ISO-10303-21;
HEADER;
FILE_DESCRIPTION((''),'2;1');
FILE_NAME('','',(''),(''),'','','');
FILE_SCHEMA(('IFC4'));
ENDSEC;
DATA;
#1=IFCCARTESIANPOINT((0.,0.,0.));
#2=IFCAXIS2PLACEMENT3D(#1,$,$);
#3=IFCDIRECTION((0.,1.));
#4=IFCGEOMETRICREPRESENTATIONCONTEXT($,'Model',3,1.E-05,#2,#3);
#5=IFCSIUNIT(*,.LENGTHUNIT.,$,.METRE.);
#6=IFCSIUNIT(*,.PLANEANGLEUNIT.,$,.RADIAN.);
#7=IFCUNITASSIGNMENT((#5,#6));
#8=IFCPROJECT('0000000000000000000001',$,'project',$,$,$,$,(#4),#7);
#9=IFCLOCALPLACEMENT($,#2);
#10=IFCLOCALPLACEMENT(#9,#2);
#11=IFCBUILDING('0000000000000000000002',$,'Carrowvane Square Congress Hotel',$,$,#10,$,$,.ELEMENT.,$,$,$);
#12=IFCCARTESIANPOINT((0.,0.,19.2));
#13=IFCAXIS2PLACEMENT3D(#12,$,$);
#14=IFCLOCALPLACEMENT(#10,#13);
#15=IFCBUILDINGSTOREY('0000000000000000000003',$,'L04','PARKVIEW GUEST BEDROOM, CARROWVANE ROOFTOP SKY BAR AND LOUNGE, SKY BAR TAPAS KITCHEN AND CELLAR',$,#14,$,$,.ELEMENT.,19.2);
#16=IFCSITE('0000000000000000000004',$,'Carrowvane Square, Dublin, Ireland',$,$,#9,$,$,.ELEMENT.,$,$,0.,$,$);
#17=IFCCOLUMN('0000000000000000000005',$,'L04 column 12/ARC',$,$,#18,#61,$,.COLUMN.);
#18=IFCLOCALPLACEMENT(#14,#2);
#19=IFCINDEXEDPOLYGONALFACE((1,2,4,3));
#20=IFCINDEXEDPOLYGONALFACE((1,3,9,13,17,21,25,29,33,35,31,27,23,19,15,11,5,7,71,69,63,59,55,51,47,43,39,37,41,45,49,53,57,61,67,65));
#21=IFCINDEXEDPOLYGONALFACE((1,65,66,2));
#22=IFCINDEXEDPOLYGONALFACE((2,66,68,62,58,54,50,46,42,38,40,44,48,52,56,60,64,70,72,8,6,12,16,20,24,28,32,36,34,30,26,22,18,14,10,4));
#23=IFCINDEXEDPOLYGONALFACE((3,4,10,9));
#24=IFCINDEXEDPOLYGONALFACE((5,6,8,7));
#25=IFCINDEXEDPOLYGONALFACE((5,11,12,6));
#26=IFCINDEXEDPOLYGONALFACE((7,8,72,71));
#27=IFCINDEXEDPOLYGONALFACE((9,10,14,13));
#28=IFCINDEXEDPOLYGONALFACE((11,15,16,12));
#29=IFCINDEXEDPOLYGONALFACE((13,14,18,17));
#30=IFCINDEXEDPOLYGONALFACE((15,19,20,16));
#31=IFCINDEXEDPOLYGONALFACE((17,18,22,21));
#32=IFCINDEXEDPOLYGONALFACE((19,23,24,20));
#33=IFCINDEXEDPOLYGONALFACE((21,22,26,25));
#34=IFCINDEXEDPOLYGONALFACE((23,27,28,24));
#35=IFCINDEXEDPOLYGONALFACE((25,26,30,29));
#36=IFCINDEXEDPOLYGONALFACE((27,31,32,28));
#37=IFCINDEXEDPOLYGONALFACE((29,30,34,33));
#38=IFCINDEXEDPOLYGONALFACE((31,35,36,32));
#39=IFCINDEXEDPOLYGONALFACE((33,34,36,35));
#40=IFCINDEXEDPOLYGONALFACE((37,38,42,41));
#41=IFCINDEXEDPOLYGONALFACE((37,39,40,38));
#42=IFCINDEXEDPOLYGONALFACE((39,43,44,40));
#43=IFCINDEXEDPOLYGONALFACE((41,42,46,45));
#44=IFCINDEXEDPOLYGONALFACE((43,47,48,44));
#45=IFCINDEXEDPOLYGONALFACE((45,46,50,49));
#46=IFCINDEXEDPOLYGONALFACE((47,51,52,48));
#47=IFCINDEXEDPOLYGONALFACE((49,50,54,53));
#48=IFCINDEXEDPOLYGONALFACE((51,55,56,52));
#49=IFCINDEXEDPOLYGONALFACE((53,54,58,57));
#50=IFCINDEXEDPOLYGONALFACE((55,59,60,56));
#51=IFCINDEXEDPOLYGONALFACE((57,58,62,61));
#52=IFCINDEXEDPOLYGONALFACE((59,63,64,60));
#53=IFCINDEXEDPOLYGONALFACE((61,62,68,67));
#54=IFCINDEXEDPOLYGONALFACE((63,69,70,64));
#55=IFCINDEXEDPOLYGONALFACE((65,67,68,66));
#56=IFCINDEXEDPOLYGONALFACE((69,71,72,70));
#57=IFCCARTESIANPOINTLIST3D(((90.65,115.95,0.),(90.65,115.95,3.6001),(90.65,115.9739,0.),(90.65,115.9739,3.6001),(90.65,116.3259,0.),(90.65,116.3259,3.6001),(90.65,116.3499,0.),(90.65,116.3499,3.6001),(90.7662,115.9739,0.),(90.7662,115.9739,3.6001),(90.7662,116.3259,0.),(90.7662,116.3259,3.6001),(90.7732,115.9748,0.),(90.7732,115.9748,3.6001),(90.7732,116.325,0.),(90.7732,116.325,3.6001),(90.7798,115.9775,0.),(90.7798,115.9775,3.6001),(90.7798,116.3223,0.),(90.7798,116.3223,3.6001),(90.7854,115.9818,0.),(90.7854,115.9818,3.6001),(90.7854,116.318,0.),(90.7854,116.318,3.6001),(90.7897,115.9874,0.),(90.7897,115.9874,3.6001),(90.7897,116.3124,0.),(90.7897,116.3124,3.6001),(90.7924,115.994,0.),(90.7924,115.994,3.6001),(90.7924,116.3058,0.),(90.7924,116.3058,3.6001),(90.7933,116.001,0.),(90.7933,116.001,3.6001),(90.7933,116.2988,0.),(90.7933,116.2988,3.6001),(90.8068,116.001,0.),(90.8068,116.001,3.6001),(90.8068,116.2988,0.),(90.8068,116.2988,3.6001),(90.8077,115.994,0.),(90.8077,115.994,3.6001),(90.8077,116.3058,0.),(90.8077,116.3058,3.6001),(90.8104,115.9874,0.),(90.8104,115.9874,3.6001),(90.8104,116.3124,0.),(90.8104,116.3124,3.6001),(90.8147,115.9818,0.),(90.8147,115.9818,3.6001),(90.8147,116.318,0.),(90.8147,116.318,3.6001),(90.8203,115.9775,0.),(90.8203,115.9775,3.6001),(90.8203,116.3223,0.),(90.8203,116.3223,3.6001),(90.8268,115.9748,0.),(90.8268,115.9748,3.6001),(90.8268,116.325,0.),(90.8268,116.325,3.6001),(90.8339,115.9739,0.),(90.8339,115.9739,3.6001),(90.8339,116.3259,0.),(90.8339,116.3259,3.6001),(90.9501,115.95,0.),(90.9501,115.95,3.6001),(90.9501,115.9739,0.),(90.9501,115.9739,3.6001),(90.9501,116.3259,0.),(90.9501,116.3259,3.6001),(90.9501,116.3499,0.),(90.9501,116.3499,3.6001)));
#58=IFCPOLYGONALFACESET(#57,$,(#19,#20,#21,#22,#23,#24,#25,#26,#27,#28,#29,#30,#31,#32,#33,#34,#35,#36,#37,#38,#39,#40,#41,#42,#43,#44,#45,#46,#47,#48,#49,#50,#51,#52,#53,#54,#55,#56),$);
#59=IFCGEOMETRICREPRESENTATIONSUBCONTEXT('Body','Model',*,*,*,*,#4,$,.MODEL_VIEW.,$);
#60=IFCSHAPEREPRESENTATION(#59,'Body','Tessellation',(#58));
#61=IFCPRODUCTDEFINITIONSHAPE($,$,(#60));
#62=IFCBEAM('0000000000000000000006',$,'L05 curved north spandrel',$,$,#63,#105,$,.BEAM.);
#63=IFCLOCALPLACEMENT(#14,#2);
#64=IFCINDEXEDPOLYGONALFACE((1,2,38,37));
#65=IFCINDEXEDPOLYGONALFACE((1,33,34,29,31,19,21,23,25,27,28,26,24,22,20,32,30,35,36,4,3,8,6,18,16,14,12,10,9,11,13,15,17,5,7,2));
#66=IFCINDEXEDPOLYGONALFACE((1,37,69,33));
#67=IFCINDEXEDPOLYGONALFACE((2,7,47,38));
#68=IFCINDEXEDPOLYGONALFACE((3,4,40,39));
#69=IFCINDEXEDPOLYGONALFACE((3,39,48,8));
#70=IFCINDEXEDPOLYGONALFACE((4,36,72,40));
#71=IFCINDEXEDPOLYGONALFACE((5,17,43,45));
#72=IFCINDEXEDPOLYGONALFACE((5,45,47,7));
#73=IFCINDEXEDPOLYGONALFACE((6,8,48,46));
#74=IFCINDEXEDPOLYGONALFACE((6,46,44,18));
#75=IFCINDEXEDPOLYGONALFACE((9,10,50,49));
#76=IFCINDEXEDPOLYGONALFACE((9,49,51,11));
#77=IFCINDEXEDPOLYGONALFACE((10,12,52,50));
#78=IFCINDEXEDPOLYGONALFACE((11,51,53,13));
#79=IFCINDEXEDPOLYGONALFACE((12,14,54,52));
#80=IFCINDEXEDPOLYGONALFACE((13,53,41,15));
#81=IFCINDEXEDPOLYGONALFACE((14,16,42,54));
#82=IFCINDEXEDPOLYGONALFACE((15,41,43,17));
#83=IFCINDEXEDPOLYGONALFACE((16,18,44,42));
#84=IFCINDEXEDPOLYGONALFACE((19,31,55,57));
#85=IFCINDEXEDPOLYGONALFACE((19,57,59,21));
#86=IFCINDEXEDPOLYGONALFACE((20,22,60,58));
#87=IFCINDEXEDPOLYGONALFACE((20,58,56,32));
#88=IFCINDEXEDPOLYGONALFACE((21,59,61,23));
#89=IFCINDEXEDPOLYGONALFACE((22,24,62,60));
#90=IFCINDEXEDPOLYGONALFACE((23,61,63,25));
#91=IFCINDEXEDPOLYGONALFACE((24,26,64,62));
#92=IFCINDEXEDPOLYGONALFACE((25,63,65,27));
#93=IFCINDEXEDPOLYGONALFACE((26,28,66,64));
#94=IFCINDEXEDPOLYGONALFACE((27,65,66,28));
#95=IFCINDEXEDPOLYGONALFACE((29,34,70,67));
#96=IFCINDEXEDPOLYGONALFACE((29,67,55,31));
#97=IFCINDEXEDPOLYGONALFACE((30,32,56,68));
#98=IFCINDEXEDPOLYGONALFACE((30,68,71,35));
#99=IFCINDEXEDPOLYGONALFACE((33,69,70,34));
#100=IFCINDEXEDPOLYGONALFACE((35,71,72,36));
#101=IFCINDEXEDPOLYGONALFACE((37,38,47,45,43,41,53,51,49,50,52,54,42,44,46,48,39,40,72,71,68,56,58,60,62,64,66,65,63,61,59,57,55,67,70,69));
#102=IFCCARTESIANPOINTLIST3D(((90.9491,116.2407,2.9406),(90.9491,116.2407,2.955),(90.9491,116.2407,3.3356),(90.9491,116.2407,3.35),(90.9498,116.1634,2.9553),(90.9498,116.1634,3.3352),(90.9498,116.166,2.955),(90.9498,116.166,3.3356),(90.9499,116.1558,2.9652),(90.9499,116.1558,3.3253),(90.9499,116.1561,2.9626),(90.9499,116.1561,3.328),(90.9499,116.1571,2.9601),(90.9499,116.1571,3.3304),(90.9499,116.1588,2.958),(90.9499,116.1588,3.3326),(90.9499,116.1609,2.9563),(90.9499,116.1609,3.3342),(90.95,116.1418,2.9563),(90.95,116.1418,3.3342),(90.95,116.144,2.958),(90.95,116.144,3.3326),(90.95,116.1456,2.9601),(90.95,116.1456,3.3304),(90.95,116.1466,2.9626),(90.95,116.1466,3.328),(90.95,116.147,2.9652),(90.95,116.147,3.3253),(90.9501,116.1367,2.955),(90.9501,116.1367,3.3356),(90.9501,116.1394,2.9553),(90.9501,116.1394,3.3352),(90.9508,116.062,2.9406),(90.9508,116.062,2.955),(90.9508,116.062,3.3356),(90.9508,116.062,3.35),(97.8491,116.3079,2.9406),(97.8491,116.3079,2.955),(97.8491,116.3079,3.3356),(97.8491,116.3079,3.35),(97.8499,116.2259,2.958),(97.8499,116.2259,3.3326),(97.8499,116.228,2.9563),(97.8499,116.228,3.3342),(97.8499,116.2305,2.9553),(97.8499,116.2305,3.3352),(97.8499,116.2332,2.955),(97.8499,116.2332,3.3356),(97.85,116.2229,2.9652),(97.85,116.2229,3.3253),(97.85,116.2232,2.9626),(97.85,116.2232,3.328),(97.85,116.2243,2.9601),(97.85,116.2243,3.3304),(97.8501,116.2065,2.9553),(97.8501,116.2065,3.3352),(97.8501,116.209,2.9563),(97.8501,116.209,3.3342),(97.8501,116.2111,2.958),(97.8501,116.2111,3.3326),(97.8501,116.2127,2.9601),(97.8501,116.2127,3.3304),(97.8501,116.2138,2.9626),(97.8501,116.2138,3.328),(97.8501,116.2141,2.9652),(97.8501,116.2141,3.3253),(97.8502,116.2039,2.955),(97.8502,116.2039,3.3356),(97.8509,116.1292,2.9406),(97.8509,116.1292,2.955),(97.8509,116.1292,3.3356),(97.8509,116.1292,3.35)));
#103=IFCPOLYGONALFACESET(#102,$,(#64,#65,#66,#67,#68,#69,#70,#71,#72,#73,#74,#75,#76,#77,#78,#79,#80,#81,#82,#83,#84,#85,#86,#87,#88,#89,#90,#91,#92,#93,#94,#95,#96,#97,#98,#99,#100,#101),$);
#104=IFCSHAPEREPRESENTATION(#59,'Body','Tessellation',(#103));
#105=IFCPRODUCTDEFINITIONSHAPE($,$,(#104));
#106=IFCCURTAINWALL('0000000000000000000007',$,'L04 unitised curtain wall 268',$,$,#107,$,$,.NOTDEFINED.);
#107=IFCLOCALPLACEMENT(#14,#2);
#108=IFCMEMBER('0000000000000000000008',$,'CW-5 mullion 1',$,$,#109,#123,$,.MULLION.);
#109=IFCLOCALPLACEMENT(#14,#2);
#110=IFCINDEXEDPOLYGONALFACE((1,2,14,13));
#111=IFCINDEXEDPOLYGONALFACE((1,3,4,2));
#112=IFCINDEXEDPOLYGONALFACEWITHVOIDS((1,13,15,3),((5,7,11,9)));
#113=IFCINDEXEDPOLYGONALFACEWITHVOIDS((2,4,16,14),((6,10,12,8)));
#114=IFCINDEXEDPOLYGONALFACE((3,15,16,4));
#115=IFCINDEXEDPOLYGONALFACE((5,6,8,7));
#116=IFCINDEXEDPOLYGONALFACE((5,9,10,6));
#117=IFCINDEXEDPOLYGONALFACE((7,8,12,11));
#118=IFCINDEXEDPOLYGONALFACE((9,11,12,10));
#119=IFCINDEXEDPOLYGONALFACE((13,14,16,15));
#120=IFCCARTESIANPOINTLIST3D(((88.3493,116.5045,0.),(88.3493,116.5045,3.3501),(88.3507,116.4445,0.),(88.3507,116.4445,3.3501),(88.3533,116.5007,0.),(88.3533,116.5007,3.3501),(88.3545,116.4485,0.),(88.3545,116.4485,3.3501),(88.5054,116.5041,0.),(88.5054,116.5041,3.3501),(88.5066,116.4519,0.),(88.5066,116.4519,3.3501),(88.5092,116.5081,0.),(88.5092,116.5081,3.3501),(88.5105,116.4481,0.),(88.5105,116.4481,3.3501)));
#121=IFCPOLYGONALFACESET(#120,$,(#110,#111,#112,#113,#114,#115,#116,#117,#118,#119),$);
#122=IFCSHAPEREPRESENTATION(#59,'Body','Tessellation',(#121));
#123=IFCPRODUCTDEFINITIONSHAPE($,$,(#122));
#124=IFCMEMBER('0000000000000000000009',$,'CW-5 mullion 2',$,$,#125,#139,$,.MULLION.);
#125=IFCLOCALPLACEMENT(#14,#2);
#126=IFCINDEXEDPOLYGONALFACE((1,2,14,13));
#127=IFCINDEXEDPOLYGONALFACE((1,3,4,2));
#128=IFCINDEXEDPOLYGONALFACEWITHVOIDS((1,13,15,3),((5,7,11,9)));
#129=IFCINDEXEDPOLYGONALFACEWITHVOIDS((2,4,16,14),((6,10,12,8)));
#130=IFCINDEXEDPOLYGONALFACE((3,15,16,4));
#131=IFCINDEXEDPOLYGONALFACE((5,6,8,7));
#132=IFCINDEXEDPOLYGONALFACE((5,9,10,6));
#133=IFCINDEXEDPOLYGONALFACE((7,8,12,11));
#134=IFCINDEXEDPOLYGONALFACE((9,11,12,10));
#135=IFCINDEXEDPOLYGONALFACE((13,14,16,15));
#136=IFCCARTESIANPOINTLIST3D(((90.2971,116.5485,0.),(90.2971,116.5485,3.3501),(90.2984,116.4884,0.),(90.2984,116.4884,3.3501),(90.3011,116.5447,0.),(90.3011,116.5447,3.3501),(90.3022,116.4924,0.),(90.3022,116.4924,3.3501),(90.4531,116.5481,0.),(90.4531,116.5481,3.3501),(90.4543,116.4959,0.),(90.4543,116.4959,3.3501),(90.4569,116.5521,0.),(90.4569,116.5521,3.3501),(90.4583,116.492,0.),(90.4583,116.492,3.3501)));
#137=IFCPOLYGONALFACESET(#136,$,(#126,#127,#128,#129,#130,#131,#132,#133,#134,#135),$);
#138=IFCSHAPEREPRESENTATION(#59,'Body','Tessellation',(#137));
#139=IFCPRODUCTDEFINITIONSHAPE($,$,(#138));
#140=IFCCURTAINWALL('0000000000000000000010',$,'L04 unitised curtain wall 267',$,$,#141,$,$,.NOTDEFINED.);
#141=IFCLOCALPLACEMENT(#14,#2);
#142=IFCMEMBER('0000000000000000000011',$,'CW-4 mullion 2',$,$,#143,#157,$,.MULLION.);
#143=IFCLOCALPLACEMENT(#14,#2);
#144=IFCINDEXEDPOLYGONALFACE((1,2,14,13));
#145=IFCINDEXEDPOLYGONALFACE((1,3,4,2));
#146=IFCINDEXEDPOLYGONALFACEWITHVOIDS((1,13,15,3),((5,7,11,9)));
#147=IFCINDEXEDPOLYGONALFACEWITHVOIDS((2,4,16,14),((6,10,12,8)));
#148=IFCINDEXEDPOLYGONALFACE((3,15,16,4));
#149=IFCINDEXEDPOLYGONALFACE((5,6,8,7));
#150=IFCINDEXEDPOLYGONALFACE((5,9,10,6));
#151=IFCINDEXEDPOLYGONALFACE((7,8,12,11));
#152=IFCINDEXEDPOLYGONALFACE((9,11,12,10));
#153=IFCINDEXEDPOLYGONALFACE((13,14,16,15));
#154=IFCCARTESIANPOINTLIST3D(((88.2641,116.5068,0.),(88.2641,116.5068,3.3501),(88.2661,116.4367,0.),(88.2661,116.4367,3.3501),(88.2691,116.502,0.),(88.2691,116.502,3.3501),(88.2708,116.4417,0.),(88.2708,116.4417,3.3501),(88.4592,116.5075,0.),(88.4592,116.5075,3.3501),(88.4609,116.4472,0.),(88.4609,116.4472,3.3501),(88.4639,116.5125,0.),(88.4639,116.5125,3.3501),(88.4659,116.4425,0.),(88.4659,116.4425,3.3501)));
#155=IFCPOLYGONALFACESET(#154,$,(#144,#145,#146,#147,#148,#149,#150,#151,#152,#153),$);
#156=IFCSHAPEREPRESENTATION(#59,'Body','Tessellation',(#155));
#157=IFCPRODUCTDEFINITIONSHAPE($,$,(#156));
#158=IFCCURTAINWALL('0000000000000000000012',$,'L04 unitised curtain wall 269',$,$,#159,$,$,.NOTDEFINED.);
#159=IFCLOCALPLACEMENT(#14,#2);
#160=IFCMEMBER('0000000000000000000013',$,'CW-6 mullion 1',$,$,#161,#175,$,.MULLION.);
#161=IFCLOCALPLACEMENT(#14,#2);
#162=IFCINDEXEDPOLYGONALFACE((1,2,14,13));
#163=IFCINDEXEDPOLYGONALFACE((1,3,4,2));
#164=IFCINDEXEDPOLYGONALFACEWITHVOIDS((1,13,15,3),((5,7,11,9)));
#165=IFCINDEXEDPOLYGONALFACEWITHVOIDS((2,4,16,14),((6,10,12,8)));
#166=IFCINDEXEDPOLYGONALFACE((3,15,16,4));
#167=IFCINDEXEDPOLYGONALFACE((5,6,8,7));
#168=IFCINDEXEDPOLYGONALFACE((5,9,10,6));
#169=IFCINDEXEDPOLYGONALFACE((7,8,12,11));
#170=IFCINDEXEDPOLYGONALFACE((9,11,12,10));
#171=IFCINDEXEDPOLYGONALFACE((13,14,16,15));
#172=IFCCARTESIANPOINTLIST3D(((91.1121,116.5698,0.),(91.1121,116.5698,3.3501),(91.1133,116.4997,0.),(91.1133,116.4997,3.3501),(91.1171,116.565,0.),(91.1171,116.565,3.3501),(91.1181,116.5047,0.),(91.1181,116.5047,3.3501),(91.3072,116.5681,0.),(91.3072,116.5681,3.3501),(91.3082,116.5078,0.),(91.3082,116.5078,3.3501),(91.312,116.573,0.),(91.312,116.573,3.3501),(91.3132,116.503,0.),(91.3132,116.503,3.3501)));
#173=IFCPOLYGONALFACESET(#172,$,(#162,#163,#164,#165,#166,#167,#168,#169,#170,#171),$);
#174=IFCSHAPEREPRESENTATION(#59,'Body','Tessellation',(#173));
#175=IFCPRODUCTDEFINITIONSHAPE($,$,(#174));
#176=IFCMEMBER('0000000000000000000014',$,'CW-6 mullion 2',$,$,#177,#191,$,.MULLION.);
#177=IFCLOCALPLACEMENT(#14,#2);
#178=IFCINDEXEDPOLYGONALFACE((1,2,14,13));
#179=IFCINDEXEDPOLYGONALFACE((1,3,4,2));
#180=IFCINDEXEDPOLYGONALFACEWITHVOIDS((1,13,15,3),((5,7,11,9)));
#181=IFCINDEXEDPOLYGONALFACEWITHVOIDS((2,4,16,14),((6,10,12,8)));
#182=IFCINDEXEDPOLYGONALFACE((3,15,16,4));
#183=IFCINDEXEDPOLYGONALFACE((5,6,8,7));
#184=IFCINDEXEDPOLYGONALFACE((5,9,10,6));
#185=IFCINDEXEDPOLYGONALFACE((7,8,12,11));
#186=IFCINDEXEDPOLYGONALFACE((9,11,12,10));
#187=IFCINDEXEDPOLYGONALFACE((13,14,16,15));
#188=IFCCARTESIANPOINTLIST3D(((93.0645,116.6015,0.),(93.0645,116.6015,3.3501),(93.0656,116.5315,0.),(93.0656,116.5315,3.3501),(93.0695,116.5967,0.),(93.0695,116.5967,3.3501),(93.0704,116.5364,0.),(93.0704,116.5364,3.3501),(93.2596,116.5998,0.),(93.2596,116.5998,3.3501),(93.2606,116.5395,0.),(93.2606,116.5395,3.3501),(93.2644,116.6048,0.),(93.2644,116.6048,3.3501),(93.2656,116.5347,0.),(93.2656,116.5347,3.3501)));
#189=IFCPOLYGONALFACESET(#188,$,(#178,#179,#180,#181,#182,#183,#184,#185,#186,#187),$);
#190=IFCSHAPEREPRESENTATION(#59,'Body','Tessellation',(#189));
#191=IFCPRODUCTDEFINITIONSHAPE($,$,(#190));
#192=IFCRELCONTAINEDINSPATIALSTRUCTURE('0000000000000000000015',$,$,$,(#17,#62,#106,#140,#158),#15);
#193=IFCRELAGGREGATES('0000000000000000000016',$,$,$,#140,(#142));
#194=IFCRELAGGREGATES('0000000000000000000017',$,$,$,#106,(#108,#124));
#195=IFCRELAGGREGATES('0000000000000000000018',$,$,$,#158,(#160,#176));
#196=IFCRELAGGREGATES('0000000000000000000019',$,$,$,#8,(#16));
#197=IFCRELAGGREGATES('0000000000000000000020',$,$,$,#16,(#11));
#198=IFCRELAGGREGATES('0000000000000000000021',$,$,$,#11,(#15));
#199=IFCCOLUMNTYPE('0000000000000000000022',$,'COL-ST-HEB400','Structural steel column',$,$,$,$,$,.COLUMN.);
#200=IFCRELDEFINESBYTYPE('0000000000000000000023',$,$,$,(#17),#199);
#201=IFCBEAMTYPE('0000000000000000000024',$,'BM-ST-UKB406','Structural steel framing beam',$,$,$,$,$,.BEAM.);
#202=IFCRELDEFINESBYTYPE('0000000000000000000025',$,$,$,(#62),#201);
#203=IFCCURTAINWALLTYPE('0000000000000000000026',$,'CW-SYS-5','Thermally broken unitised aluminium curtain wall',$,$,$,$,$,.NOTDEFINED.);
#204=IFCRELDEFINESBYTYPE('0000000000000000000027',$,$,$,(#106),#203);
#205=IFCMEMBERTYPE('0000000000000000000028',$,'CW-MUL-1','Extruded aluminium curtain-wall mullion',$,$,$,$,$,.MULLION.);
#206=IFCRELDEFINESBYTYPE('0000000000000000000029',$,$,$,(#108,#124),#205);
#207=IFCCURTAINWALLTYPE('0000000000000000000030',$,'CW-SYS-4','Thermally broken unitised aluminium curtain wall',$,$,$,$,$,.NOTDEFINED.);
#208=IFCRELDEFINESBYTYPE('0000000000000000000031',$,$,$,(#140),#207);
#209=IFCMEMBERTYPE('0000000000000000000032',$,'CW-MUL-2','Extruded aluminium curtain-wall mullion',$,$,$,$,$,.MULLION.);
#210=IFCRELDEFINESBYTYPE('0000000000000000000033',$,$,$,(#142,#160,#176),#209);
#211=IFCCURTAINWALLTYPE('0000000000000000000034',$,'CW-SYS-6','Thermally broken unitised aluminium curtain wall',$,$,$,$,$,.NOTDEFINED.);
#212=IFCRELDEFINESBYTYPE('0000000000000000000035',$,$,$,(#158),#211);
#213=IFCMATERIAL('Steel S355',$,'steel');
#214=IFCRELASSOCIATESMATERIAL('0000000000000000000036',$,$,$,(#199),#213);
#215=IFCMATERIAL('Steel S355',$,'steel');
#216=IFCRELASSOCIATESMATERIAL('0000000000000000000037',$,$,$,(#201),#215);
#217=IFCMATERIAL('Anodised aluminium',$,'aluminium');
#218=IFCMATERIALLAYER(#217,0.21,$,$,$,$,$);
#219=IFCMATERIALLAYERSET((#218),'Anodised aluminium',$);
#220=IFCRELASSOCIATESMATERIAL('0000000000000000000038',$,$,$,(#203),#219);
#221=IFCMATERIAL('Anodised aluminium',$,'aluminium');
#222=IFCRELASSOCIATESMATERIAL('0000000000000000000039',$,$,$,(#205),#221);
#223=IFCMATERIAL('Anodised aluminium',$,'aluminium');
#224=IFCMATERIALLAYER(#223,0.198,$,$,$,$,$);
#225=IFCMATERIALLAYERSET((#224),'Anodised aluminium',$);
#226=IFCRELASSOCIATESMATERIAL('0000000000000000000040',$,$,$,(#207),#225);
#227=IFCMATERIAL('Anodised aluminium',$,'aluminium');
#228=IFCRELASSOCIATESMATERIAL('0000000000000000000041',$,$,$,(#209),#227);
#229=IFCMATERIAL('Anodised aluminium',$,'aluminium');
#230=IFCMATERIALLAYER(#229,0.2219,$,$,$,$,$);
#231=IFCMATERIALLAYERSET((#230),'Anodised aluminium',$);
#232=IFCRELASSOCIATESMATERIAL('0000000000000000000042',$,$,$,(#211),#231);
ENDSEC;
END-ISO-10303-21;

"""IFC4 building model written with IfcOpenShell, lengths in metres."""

from ifc_helpers import new_model, si_unit, direction, frame, origin, origin_2d, place, context, subcontext, project, spatial, hollow_rectangle, i_section, extrude, material, layer, layer_set, material_profile, profile_set, type_object, element, aggregate, save


model = new_model("IFC4")

# Units and contexts
model_context = context("Model", 3, precision=1e-05, world=origin(), true_north=direction((0.0, 1.0)))
body_context = subcontext(model_context, "Body", "Model", "MODEL_VIEW")
ifc_project = project(units=[si_unit("LENGTHUNIT", "METRE"), si_unit("PLANEANGLEUNIT", "RADIAN")], contexts=[model_context])

# Site, building, storey
site_placement = place(None, origin())
site = spatial("IfcSite", under=ifc_project, at=site_placement, Name="Carrowvane Square, Dublin, Ireland", CompositionType="ELEMENT", RefElevation=0.0)
building_placement = place(site_placement, origin())
building = spatial("IfcBuilding", under=site, at=building_placement, Name="Carrowvane Square Congress Hotel", CompositionType="ELEMENT")
storey_placement = place(building_placement, frame((0.0, 0.0, 19.2)))
storey = spatial("IfcBuildingStorey", under=building, at=storey_placement, Name="L04", Description="PARKVIEW GUEST BEDROOM, CARROWVANE ROOFTOP SKY BAR AND LOUNGE, SKY BAR TAPAS KITCHEN AND CELLAR", CompositionType="ELEMENT", Elevation=19.2)

# Column
ifc_material_1 = material(Name="Steel S355", Category="steel")
ifc_material_profile_1 = material_profile(ifc_material_1, i_section(OverallWidth=0.3, OverallDepth=0.3999, WebThickness=0.0134, FlangeThickness=0.0239, FilletRadius=0.0271, at=origin_2d()), Name="HEB 400")
ifc_profile_set_1 = profile_set([ifc_material_profile_1], Name="Steel S355")
column_type = type_object("IfcColumnType", Name="COL-ST-HEB400", Description="Structural steel column", PredefinedType="COLUMN", material=ifc_profile_set_1)
column_placement = place(storey_placement, frame((90.8, 116.1499, 0.0), z_axis=(0.0, 0.0, 1.0), x_axis=(1.0, 0.0, 0.0)))
element("IfcColumn", 1, at=column_placement, inside=storey, type_object=column_type, Name="L04 column 12/ARC", PredefinedType="COLUMN", context=body_context, shape_type="SweptSolid", body=[
    extrude(i_section(OverallWidth=0.3, OverallDepth=0.3999, WebThickness=0.0134, FlangeThickness=0.0239, FilletRadius=0.0271, at=origin_2d()), origin(), (0.0, 0.0, 1.0), 3.6001),
])

# Beam
ifc_material_2 = material(Name="Steel S355", Category="steel")
ifc_material_profile_2 = material_profile(ifc_material_2, i_section(OverallWidth=0.1787, OverallDepth=0.4094, WebThickness=0.0088, FlangeThickness=0.0144, FilletRadius=0.0103, at=origin_2d()), Name="UKB 406x178x67")
ifc_profile_set_2 = profile_set([ifc_material_profile_2], Name="Steel S355")
beam_type = type_object("IfcBeamType", Name="BM-ST-UKB406", Description="Structural steel framing beam", PredefinedType="BEAM", material=ifc_profile_set_2)
beam_placement = place(storey_placement, frame((90.95, 116.1514, 3.1453), z_axis=(0.999953, 0.00973, 0.0), x_axis=(-0.00973, 0.999953, 0.0)))
element("IfcBeam", 2, at=beam_placement, inside=storey, type_object=beam_type, Name="L05 curved north spandrel", PredefinedType="BEAM", context=body_context, shape_type="SweptSolid", body=[
    extrude(i_section(OverallWidth=0.1787, OverallDepth=0.4094, WebThickness=0.0088, FlangeThickness=0.0144, FilletRadius=0.0103, at=origin_2d()), origin(), (0.0, 0.0, 1.0), 6.9004),
])

# Curtain wall, members
ifc_material_3 = material(Name="Anodised aluminium", Category="aluminium")
ifc_layer_1 = layer(ifc_material_3, 0.21)
ifc_layer_set_1 = layer_set([ifc_layer_1], Name="Anodised aluminium")
curtain_wall_type_1 = type_object("IfcCurtainWallType", Name="CW-SYS-5", Description="Thermally broken unitised aluminium curtain wall", PredefinedType="NOTDEFINED", material=ifc_layer_set_1)
curtain_wall_1_placement = place(storey_placement, origin())
curtain_wall_1 = element("IfcCurtainWall", 3, at=curtain_wall_1_placement, inside=storey, type_object=curtain_wall_type_1, Name="L04 unitised curtain wall 268", PredefinedType="NOTDEFINED")
ifc_material_4 = material(Name="Anodised aluminium", Category="aluminium")
ifc_material_profile_3 = material_profile(ifc_material_4, hollow_rectangle(XDim=0.0601, YDim=0.1599, WallThickness=0.0039, at=origin_2d()), Name="CW-ML 60x160x4")
ifc_profile_set_3 = profile_set([ifc_material_profile_3], Name="Anodised aluminium")
member_type_1 = type_object("IfcMemberType", Name="CW-MUL-1", Description="Extruded aluminium curtain-wall mullion", PredefinedType="MULLION", material=ifc_profile_set_3)
member_1_placement = place(storey_placement, frame((88.4299, 116.4763, 0.0), z_axis=(0.0, 0.0, 1.0), x_axis=(-0.022518, 0.999746, 0.0)))
member_1 = element("IfcMember", 4, at=member_1_placement, type_object=member_type_1, Name="CW-5 mullion 1", PredefinedType="MULLION", context=body_context, shape_type="SweptSolid", body=[
    extrude(hollow_rectangle(XDim=0.0601, YDim=0.1599, WallThickness=0.0039, at=origin_2d()), origin(), (0.0, 0.0, 1.0), 3.3501),
])
member_2_placement = place(storey_placement, frame((90.3777, 116.5203, 0.0), z_axis=(0.0, 0.0, 1.0), x_axis=(-0.022518, 0.999746, 0.0)))
member_2 = element("IfcMember", 5, at=member_2_placement, type_object=member_type_1, Name="CW-5 mullion 2", PredefinedType="MULLION", context=body_context, shape_type="SweptSolid", body=[
    extrude(hollow_rectangle(XDim=0.0601, YDim=0.1599, WallThickness=0.0039, at=origin_2d()), origin(), (0.0, 0.0, 1.0), 3.3501),
])

# Curtain wall, member
ifc_material_5 = material(Name="Anodised aluminium", Category="aluminium")
ifc_layer_2 = layer(ifc_material_5, 0.198)
ifc_layer_set_2 = layer_set([ifc_layer_2], Name="Anodised aluminium")
curtain_wall_type_2 = type_object("IfcCurtainWallType", Name="CW-SYS-4", Description="Thermally broken unitised aluminium curtain wall", PredefinedType="NOTDEFINED", material=ifc_layer_set_2)
curtain_wall_2_placement = place(storey_placement, origin())
curtain_wall_2 = element("IfcCurtainWall", 6, at=curtain_wall_2_placement, inside=storey, type_object=curtain_wall_type_2, Name="L04 unitised curtain wall 267", PredefinedType="NOTDEFINED")
ifc_material_6 = material(Name="Anodised aluminium", Category="aluminium")
ifc_material_profile_4 = material_profile(ifc_material_6, hollow_rectangle(XDim=0.0701, YDim=0.2, WallThickness=0.0049, at=origin_2d()), Name="CW-ML 70x200x5")
ifc_profile_set_4 = profile_set([ifc_material_profile_4], Name="Anodised aluminium")
member_type_2 = type_object("IfcMemberType", Name="CW-MUL-2", Description="Extruded aluminium curtain-wall mullion", PredefinedType="MULLION", material=ifc_profile_set_4)
member_3_placement = place(storey_placement, frame((88.365, 116.4746, 0.0), z_axis=(0.0, 0.0, 1.0), x_axis=(-0.028638, 0.99959, 0.0)))
member_3 = element("IfcMember", 7, at=member_3_placement, type_object=member_type_2, Name="CW-4 mullion 2", PredefinedType="MULLION", context=body_context, shape_type="SweptSolid", body=[
    extrude(hollow_rectangle(XDim=0.0701, YDim=0.2, WallThickness=0.0049, at=origin_2d()), origin(), (0.0, 0.0, 1.0), 3.3501),
])

# Curtain wall, members
ifc_material_7 = material(Name="Anodised aluminium", Category="aluminium")
ifc_layer_3 = layer(ifc_material_7, 0.2219)
ifc_layer_set_3 = layer_set([ifc_layer_3], Name="Anodised aluminium")
curtain_wall_type_3 = type_object("IfcCurtainWallType", Name="CW-SYS-6", Description="Thermally broken unitised aluminium curtain wall", PredefinedType="NOTDEFINED", material=ifc_layer_set_3)
curtain_wall_3_placement = place(storey_placement, origin())
curtain_wall_3 = element("IfcCurtainWall", 8, at=curtain_wall_3_placement, inside=storey, type_object=curtain_wall_type_3, Name="L04 unitised curtain wall 269", PredefinedType="NOTDEFINED")
member_4_placement = place(storey_placement, frame((91.2126, 116.5364, 0.0), z_axis=(0.0, 0.0, 1.0), x_axis=(-0.016216, 0.999869, 0.0)))
member_4 = element("IfcMember", 9, at=member_4_placement, type_object=member_type_2, Name="CW-6 mullion 1", PredefinedType="MULLION", context=body_context, shape_type="SweptSolid", body=[
    extrude(hollow_rectangle(XDim=0.0701, YDim=0.2, WallThickness=0.0049, at=origin_2d()), origin(), (0.0, 0.0, 1.0), 3.3501),
])
member_5_placement = place(storey_placement, frame((93.165, 116.5681, 0.0), z_axis=(0.0, 0.0, 1.0), x_axis=(-0.016216, 0.999869, 0.0)))
member_5 = element("IfcMember", 10, at=member_5_placement, type_object=member_type_2, Name="CW-6 mullion 2", PredefinedType="MULLION", context=body_context, shape_type="SweptSolid", body=[
    extrude(hollow_rectangle(XDim=0.0701, YDim=0.2, WallThickness=0.0049, at=origin_2d()), origin(), (0.0, 0.0, 1.0), 3.3501),
])

aggregate(curtain_wall_2, [member_3])
aggregate(curtain_wall_1, [member_1, member_2])
aggregate(curtain_wall_3, [member_4, member_5])

save(model, "model.ifc")
